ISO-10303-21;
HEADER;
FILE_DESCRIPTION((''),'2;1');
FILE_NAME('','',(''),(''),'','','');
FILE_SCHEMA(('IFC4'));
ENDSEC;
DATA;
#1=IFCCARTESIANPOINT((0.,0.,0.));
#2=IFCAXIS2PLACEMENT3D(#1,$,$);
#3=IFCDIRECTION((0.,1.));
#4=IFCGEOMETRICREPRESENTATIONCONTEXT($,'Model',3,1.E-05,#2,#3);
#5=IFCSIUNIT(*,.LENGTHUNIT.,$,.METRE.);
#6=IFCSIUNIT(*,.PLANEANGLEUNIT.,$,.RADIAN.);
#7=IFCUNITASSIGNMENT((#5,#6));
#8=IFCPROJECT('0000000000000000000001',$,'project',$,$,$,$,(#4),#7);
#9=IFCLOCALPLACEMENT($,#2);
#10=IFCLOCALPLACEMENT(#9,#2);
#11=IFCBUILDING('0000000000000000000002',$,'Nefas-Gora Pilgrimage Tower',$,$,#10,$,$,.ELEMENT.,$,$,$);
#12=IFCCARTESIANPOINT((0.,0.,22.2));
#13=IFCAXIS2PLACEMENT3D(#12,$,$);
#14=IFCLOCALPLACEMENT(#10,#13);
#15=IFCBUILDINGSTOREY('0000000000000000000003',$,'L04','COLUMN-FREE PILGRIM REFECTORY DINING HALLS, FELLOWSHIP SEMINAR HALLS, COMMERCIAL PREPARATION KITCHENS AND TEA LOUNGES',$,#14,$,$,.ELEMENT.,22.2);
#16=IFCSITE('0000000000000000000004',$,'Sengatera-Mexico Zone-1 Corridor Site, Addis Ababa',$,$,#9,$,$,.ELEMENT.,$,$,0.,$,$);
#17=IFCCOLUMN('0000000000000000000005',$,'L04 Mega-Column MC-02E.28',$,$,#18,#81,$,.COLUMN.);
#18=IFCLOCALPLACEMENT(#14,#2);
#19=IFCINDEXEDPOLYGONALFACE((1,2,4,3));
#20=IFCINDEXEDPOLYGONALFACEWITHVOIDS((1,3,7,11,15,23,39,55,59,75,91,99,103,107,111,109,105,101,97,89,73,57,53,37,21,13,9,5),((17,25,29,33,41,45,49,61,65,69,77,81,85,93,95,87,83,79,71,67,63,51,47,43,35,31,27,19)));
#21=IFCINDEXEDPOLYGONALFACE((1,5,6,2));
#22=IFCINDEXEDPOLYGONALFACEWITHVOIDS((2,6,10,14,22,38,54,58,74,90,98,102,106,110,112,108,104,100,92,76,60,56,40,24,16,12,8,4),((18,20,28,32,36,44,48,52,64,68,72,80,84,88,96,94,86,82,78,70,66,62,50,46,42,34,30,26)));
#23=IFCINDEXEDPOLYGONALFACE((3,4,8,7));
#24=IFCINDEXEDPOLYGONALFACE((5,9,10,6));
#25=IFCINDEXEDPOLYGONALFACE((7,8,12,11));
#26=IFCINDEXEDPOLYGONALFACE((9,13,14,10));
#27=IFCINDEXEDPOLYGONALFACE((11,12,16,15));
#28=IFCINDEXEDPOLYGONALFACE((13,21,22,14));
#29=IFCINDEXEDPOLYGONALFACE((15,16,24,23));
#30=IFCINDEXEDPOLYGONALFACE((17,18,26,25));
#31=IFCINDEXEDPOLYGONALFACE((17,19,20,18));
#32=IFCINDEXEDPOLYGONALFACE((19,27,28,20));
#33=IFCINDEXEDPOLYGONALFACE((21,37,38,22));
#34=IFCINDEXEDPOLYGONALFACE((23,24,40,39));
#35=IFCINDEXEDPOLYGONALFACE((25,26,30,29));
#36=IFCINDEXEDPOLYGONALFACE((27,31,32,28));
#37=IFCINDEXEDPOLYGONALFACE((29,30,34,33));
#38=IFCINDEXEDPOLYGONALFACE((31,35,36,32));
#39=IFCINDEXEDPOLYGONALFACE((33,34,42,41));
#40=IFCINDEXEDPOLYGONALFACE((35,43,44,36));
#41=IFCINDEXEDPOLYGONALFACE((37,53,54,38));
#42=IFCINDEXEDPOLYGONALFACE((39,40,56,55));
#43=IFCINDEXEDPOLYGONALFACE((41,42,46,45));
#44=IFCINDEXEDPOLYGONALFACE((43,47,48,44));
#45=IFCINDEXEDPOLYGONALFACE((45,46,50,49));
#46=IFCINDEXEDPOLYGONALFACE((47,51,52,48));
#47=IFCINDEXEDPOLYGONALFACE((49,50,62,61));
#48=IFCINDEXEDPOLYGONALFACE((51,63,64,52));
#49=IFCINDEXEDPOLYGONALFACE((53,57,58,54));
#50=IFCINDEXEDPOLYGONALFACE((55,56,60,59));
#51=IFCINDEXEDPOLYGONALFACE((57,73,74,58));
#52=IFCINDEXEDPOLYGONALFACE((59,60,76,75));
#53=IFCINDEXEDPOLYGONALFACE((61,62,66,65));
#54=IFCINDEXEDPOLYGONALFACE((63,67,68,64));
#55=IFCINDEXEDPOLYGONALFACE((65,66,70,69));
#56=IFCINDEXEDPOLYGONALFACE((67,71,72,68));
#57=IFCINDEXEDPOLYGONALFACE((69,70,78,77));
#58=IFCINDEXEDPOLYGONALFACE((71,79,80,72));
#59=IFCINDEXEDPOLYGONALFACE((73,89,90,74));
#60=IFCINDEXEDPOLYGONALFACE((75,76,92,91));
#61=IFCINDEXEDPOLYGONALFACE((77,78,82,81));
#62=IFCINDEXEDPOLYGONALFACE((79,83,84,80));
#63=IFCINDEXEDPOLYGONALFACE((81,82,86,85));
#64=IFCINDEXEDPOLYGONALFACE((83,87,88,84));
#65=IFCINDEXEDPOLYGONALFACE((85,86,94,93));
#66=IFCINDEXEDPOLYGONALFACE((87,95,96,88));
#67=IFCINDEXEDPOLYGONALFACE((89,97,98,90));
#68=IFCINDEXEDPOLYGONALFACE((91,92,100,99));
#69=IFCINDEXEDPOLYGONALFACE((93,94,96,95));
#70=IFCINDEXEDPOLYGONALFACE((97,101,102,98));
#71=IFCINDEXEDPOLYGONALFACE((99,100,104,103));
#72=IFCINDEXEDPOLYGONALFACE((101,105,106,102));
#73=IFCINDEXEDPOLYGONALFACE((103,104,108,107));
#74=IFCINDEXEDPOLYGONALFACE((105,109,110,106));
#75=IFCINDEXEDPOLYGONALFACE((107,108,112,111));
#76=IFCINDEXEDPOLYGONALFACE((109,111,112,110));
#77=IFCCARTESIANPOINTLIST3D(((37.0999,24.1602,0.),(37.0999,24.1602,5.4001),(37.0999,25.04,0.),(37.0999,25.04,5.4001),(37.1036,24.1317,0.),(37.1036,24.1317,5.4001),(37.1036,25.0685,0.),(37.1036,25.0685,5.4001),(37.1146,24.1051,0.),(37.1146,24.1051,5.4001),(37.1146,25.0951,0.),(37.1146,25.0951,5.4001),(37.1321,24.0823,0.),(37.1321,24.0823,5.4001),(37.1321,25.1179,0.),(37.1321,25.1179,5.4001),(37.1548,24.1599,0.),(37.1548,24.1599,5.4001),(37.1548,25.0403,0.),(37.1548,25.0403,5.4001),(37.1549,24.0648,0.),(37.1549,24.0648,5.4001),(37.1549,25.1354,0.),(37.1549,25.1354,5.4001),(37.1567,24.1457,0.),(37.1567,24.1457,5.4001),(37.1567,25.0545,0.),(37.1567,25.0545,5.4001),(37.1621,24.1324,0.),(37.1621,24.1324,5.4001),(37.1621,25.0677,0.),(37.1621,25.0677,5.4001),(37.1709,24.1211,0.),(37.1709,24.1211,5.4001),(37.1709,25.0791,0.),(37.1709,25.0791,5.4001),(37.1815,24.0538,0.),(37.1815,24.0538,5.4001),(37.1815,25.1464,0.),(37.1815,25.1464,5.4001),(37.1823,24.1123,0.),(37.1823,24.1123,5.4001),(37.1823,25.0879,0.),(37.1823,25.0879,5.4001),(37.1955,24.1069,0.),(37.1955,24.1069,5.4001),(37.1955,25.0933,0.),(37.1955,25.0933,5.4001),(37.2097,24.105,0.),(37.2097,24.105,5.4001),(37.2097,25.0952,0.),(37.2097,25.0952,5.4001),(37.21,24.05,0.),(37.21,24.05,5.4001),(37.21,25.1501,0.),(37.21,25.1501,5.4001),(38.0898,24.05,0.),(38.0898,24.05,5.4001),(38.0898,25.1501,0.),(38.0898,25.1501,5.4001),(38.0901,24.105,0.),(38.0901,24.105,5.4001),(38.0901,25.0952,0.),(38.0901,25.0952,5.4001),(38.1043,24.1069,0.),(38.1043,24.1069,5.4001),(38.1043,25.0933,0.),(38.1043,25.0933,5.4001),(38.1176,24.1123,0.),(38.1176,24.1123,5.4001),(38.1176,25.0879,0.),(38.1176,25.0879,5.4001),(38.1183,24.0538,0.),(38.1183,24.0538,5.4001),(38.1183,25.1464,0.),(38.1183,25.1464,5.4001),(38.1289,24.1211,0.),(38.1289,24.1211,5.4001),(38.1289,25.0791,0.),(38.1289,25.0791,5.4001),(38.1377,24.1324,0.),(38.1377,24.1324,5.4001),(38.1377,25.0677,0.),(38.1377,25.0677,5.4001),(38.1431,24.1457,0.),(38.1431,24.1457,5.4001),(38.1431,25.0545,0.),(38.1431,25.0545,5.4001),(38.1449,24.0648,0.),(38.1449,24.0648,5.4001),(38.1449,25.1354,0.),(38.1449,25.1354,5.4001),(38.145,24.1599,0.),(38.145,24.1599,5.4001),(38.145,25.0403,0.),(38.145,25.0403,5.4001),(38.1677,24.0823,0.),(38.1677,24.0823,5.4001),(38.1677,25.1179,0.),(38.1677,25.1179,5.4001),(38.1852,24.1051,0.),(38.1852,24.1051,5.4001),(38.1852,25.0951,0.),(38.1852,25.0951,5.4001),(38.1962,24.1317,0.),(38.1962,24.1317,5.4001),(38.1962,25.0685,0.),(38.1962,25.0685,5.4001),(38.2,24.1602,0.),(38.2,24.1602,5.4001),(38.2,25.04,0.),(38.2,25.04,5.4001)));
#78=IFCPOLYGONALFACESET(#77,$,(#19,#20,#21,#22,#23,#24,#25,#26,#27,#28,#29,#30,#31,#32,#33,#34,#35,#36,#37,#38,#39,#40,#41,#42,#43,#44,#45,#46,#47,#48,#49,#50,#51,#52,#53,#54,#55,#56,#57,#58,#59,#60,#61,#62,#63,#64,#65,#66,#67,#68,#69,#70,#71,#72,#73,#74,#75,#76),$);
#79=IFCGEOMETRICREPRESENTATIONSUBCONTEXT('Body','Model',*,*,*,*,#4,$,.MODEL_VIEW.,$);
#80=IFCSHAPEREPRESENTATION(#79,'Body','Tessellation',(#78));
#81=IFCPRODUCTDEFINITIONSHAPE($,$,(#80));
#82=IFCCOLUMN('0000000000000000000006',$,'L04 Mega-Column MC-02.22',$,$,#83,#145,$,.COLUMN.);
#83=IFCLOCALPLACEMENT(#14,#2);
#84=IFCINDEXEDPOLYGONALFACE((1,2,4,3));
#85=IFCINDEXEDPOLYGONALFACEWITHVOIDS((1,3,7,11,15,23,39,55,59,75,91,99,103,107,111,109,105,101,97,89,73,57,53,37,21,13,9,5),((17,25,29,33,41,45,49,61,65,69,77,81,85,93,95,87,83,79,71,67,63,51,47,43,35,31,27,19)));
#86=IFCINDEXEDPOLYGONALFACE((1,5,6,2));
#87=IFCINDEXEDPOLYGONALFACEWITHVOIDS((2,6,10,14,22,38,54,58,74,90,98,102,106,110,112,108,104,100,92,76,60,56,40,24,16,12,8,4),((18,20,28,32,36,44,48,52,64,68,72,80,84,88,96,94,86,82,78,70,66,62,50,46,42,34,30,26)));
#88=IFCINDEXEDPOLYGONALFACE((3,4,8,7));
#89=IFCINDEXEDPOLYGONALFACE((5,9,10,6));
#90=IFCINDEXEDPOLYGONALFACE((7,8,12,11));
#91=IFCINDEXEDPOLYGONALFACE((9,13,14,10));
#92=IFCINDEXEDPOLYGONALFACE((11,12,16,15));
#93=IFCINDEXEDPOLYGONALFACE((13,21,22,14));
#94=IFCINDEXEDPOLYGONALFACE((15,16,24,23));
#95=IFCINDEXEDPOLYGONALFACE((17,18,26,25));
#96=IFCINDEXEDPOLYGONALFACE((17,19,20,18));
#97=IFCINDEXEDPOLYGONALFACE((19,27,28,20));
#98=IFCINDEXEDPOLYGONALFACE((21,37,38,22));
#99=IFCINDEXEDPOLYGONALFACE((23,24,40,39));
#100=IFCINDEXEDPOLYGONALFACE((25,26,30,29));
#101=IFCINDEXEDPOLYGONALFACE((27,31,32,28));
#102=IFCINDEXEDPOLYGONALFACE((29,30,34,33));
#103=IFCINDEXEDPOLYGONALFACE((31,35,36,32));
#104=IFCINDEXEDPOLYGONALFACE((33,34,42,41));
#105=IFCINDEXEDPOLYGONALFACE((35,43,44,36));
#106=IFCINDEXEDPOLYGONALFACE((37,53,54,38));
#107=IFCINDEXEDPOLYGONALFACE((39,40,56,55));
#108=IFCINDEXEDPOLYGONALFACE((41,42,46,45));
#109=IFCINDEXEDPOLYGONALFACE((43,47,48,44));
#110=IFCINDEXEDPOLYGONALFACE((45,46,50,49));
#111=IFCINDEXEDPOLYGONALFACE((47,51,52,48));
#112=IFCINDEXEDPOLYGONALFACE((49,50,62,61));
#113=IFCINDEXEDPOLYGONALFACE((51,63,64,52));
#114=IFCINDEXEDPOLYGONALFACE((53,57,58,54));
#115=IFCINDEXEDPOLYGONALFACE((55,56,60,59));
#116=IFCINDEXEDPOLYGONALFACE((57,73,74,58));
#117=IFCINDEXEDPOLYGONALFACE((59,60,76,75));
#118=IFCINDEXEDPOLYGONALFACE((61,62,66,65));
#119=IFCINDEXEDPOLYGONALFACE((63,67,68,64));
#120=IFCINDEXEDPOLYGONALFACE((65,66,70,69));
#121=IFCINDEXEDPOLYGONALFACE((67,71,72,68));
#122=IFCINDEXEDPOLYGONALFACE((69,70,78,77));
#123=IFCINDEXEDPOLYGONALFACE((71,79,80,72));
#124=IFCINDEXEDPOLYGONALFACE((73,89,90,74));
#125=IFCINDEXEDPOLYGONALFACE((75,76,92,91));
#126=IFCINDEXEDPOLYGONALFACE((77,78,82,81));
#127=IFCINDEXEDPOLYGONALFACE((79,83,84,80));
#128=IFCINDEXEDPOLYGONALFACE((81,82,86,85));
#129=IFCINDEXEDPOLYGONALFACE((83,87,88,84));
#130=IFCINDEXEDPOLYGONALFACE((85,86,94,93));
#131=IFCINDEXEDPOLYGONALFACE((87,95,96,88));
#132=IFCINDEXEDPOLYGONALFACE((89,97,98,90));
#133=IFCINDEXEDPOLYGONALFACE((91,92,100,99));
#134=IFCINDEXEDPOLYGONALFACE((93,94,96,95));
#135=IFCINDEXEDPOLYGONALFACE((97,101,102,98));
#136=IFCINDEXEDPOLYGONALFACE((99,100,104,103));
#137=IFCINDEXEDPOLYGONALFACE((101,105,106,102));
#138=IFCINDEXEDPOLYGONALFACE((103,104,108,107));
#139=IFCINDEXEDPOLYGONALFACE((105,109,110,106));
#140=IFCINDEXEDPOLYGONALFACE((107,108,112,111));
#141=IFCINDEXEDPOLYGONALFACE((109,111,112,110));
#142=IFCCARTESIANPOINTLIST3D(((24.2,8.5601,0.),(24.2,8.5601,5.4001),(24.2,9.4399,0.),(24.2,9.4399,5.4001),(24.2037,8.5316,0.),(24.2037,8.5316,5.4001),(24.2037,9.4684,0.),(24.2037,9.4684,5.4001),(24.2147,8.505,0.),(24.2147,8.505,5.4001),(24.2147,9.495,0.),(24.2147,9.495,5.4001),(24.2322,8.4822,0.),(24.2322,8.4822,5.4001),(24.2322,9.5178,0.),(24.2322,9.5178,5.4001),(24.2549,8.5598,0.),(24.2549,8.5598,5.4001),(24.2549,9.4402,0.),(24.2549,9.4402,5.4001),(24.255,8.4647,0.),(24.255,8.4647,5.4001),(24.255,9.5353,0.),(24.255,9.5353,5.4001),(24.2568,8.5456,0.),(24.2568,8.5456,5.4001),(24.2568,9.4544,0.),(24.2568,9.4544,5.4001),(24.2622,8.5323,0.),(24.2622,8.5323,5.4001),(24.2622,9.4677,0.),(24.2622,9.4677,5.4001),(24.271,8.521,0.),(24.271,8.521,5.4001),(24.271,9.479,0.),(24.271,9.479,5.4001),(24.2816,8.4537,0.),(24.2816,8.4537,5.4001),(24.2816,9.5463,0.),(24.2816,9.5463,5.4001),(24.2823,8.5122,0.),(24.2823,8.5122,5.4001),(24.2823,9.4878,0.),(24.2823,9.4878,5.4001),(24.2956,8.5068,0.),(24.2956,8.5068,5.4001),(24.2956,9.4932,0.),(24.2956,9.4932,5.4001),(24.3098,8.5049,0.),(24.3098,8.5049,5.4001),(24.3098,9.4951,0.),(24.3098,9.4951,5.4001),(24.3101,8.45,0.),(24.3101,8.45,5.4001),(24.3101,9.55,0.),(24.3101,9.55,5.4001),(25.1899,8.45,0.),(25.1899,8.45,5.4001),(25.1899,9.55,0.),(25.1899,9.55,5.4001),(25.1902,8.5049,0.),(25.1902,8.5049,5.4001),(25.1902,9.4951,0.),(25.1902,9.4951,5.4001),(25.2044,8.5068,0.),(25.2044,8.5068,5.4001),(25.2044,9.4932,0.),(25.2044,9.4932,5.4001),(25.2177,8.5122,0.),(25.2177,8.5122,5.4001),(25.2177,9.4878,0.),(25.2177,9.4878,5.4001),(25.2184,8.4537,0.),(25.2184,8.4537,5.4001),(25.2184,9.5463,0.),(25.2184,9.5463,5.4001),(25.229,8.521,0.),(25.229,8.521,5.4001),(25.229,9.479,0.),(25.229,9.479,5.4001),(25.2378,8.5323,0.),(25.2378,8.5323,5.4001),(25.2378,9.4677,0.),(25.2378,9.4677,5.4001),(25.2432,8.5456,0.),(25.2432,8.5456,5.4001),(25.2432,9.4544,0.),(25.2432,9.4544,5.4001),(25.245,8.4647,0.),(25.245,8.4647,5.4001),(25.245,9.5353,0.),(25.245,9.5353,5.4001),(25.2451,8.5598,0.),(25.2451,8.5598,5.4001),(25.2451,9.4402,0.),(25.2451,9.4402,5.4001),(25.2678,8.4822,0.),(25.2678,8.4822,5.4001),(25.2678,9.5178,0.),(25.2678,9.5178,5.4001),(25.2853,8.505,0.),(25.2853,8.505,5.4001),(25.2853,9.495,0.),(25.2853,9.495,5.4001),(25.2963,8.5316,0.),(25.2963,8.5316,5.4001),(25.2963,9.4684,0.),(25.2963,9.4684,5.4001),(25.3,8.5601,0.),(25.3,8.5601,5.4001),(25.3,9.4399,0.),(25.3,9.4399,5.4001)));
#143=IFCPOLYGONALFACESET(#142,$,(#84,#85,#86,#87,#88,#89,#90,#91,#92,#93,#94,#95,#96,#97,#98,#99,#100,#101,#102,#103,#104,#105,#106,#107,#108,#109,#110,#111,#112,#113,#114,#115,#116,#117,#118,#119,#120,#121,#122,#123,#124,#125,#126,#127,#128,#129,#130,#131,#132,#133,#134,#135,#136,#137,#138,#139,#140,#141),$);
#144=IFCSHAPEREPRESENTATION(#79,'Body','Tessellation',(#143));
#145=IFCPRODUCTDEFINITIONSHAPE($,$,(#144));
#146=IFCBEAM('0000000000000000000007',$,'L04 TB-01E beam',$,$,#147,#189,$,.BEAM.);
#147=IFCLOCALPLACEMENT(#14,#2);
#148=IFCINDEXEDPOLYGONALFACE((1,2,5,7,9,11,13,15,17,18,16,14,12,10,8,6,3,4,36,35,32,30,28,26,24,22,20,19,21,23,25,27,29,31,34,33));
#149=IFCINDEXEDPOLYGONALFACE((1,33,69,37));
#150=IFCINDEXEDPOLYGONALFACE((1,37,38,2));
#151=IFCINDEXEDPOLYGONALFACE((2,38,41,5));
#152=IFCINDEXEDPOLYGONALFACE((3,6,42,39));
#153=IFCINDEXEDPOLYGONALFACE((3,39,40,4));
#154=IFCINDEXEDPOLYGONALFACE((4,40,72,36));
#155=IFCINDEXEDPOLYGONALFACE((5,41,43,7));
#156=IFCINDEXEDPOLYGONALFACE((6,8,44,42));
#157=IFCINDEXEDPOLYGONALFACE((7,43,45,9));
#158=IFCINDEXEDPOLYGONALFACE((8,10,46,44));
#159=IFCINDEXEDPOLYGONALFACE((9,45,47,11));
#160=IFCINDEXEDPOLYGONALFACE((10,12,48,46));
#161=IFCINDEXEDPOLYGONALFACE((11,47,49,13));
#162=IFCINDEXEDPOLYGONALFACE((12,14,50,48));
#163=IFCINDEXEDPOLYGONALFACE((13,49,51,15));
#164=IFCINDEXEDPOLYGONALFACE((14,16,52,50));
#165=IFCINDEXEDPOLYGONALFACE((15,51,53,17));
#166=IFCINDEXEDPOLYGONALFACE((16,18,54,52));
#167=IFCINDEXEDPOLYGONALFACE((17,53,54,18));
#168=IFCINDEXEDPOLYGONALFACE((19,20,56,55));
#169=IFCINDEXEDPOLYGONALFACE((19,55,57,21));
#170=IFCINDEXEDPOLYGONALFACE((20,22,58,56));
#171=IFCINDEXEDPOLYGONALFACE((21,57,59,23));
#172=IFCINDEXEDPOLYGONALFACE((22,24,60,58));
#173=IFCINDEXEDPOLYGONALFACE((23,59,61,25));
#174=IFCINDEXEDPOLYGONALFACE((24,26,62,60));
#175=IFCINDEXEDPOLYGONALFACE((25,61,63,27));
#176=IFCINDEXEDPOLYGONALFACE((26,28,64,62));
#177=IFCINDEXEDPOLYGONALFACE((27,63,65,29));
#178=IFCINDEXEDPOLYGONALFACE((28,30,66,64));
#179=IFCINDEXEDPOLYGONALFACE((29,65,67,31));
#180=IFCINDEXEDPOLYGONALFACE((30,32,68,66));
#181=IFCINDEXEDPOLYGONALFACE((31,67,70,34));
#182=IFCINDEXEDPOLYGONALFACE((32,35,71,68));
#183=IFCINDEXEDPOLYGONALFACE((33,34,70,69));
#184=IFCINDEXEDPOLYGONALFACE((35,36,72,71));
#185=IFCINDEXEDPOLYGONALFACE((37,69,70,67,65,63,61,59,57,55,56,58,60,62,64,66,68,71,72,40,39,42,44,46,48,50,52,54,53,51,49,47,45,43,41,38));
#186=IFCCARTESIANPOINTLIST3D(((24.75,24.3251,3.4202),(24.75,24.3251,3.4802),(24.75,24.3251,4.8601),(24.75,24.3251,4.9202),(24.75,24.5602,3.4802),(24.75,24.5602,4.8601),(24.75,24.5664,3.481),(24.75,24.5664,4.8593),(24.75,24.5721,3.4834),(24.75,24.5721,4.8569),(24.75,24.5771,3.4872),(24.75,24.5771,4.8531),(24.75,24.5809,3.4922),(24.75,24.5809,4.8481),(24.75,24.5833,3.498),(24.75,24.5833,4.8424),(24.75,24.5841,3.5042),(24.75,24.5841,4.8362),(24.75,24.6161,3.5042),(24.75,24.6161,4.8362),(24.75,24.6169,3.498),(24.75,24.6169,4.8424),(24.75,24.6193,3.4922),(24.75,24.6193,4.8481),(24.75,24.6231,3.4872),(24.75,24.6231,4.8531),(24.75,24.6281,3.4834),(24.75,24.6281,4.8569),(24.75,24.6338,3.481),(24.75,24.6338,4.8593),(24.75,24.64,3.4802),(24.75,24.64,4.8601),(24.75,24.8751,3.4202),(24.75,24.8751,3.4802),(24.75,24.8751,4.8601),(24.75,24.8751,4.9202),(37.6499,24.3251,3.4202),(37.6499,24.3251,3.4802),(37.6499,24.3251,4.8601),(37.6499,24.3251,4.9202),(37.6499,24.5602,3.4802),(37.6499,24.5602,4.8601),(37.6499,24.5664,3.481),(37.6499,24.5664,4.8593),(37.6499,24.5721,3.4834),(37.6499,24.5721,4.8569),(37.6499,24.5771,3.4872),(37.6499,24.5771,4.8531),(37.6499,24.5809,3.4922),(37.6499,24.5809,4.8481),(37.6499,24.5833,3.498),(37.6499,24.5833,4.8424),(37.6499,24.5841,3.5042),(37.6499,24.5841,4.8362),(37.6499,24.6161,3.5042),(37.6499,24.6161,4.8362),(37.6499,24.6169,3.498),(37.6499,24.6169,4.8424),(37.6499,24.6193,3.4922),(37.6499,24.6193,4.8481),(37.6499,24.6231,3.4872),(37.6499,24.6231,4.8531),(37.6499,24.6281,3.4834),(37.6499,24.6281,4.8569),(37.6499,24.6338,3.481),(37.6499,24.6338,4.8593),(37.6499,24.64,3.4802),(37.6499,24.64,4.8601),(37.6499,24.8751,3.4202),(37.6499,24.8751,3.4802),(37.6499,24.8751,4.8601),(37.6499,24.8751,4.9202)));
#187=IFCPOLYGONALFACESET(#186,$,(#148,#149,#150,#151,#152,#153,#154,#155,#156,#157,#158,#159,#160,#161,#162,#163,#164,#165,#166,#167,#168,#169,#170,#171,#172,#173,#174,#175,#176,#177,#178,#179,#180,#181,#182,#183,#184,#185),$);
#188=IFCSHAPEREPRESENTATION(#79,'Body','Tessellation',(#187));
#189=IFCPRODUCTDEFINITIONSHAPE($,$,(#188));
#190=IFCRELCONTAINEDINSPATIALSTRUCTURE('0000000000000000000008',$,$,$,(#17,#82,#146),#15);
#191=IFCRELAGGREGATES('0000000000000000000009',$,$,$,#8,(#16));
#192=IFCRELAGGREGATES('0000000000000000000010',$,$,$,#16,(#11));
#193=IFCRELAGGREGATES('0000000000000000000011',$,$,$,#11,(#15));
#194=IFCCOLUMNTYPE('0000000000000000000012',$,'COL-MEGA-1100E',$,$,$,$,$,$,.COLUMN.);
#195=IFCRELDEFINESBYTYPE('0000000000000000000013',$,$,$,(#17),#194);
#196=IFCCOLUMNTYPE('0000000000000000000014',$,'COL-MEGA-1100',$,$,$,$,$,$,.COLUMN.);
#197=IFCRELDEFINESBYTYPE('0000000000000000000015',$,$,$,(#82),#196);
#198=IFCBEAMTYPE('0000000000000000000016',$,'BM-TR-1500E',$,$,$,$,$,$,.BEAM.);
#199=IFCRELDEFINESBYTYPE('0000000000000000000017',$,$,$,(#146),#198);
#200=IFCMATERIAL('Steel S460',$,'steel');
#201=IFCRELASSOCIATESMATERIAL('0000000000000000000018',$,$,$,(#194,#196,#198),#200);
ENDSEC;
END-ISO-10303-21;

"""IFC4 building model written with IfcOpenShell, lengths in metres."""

from ifc_helpers import new_model, si_unit, direction, frame, origin, origin_2d, place, context, subcontext, project, spatial, hollow_rectangle, i_section, extrude, source, transform, mapped, material, material_profile, profile_set, type_object, element, save


model = new_model("IFC4")

# Units and contexts
model_context = context("Model", 3, precision=1e-05, world=origin(), true_north=direction((0.0, 1.0)))
body_context = subcontext(model_context, "Body", "Model", "MODEL_VIEW")
ifc_project = project(units=[si_unit("LENGTHUNIT", "METRE"), si_unit("PLANEANGLEUNIT", "RADIAN")], contexts=[model_context])

# Site, building, storey
site_placement = place(None, origin())
site = spatial("IfcSite", under=ifc_project, at=site_placement, Name="Sengatera-Mexico Zone-1 Corridor Site, Addis Ababa", CompositionType="ELEMENT", RefElevation=0.0)
building_placement = place(site_placement, origin())
building = spatial("IfcBuilding", under=site, at=building_placement, Name="Nefas-Gora Pilgrimage Tower", CompositionType="ELEMENT")
storey_placement = place(building_placement, frame((0.0, 0.0, 22.2)))
storey = spatial("IfcBuildingStorey", under=building, at=storey_placement, Name="L04", Description="COLUMN-FREE PILGRIM REFECTORY DINING HALLS, FELLOWSHIP SEMINAR HALLS, COMMERCIAL PREPARATION KITCHENS AND TEA LOUNGES", CompositionType="ELEMENT", Elevation=22.2)

# Columns
ifc_material_1 = material(Name="Steel S460", Category="steel")
ifc_material_profile_1 = material_profile(ifc_material_1, hollow_rectangle(XDim=1.1001, YDim=1.1001, WallThickness=0.0549, InnerFilletRadius=0.0549, OuterFilletRadius=0.1101, at=origin_2d()), Name="BOX 1100x1100x55")
ifc_profile_set_1 = profile_set([ifc_material_profile_1], Name="Steel S460")
column_type_1 = type_object("IfcColumnType", Name="COL-MEGA-1100E", PredefinedType="COLUMN", material=ifc_profile_set_1)
shared_shape_1 = source(origin(), body_context, "Body", "SweptSolid", [
    extrude(hollow_rectangle(XDim=1.1001, YDim=1.1001, WallThickness=0.0549, InnerFilletRadius=0.0549, OuterFilletRadius=0.1101, at=origin_2d()), origin(), (0.0, 0.0, 1.0), 5.4001),
])
for number, where, z_axis, x_axis, name in (
    (1, (37.6499, 24.6001, 0.0), (0.0, 0.0, 1.0), (1.0, 0.0, 0.0), "L04 Mega-Column MC-02E.28"),
):
    element("IfcColumn", number, at=place(storey_placement, frame(where, z_axis=z_axis, x_axis=x_axis)), inside=storey, type_object=column_type_1, Name=name, PredefinedType="COLUMN", context=body_context, shape_type="MappedRepresentation", body=[
        mapped(shared_shape_1, transform((0.0, 0.0, 0.0), x_axis=(1.0, 0.0, 0.0), y_axis=(0.0, 1.0, 0.0), z_axis=(0.0, 0.0, 1.0), scale=1.0)),
    ])
ifc_material_profile_2 = material_profile(ifc_material_1, hollow_rectangle(XDim=1.1001, YDim=1.1001, WallThickness=0.0549, InnerFilletRadius=0.0549, OuterFilletRadius=0.1101, at=origin_2d()), Name="BOX 1100x1100x55")
ifc_profile_set_2 = profile_set([ifc_material_profile_2], Name="Steel S460")
column_type_2 = type_object("IfcColumnType", Name="COL-MEGA-1100", PredefinedType="COLUMN", material=ifc_profile_set_2)
shared_shape_2 = source(origin(), body_context, "Body", "SweptSolid", [
    extrude(hollow_rectangle(XDim=1.1001, YDim=1.1001, WallThickness=0.0549, InnerFilletRadius=0.0549, OuterFilletRadius=0.1101, at=origin_2d()), origin(), (0.0, 0.0, 1.0), 5.4001),
])
column_placement = place(storey_placement, frame((24.75, 9.0, 0.0), z_axis=(0.0, 0.0, 1.0), x_axis=(1.0, 0.0, 0.0)))
element("IfcColumn", 2, at=column_placement, inside=storey, type_object=column_type_2, Name="L04 Mega-Column MC-02.22", PredefinedType="COLUMN", context=body_context, shape_type="MappedRepresentation", body=[
    mapped(shared_shape_2, transform((0.0, 0.0, 0.0), x_axis=(1.0, 0.0, 0.0), y_axis=(0.0, 1.0, 0.0), z_axis=(0.0, 0.0, 1.0), scale=1.0)),
])

# Beam
ifc_material_profile_3 = material_profile(ifc_material_1, i_section(OverallWidth=0.55, OverallDepth=1.5, WebThickness=0.032, FlangeThickness=0.0601, FilletRadius=0.0239, at=origin_2d()), Name="WPG 1500x550x32x60")
ifc_profile_set_3 = profile_set([ifc_material_profile_3], Name="Steel S460")
beam_type_1 = type_object("IfcBeamType", Name="BM-TR-1500E", PredefinedType="BEAM", material=ifc_profile_set_3)
shared_shape_3 = source(origin(), body_context, "Body", "SweptSolid", [
    extrude(i_section(OverallWidth=0.55, OverallDepth=1.5, WebThickness=0.032, FlangeThickness=0.0601, FilletRadius=0.0239, at=origin_2d()), origin(), (0.0, 0.0, 1.0), 12.8999),
])
beam_1_placement = place(storey_placement, frame((24.75, 24.6001, 4.1702), z_axis=(1.0, 0.0, 0.0), x_axis=(0.0, 1.0, 0.0)))
element("IfcBeam", 3, at=beam_1_placement, inside=storey, type_object=beam_type_1, Name="L04 TB-01E beam", PredefinedType="BEAM", context=body_context, shape_type="MappedRepresentation", body=[
    mapped(shared_shape_3, transform((0.0, 0.0, 0.0), x_axis=(1.0, 0.0, 0.0), y_axis=(0.0, 1.0, 0.0), z_axis=(0.0, 0.0, 1.0), scale=1.0)),
])

save(model, "model.ifc")
